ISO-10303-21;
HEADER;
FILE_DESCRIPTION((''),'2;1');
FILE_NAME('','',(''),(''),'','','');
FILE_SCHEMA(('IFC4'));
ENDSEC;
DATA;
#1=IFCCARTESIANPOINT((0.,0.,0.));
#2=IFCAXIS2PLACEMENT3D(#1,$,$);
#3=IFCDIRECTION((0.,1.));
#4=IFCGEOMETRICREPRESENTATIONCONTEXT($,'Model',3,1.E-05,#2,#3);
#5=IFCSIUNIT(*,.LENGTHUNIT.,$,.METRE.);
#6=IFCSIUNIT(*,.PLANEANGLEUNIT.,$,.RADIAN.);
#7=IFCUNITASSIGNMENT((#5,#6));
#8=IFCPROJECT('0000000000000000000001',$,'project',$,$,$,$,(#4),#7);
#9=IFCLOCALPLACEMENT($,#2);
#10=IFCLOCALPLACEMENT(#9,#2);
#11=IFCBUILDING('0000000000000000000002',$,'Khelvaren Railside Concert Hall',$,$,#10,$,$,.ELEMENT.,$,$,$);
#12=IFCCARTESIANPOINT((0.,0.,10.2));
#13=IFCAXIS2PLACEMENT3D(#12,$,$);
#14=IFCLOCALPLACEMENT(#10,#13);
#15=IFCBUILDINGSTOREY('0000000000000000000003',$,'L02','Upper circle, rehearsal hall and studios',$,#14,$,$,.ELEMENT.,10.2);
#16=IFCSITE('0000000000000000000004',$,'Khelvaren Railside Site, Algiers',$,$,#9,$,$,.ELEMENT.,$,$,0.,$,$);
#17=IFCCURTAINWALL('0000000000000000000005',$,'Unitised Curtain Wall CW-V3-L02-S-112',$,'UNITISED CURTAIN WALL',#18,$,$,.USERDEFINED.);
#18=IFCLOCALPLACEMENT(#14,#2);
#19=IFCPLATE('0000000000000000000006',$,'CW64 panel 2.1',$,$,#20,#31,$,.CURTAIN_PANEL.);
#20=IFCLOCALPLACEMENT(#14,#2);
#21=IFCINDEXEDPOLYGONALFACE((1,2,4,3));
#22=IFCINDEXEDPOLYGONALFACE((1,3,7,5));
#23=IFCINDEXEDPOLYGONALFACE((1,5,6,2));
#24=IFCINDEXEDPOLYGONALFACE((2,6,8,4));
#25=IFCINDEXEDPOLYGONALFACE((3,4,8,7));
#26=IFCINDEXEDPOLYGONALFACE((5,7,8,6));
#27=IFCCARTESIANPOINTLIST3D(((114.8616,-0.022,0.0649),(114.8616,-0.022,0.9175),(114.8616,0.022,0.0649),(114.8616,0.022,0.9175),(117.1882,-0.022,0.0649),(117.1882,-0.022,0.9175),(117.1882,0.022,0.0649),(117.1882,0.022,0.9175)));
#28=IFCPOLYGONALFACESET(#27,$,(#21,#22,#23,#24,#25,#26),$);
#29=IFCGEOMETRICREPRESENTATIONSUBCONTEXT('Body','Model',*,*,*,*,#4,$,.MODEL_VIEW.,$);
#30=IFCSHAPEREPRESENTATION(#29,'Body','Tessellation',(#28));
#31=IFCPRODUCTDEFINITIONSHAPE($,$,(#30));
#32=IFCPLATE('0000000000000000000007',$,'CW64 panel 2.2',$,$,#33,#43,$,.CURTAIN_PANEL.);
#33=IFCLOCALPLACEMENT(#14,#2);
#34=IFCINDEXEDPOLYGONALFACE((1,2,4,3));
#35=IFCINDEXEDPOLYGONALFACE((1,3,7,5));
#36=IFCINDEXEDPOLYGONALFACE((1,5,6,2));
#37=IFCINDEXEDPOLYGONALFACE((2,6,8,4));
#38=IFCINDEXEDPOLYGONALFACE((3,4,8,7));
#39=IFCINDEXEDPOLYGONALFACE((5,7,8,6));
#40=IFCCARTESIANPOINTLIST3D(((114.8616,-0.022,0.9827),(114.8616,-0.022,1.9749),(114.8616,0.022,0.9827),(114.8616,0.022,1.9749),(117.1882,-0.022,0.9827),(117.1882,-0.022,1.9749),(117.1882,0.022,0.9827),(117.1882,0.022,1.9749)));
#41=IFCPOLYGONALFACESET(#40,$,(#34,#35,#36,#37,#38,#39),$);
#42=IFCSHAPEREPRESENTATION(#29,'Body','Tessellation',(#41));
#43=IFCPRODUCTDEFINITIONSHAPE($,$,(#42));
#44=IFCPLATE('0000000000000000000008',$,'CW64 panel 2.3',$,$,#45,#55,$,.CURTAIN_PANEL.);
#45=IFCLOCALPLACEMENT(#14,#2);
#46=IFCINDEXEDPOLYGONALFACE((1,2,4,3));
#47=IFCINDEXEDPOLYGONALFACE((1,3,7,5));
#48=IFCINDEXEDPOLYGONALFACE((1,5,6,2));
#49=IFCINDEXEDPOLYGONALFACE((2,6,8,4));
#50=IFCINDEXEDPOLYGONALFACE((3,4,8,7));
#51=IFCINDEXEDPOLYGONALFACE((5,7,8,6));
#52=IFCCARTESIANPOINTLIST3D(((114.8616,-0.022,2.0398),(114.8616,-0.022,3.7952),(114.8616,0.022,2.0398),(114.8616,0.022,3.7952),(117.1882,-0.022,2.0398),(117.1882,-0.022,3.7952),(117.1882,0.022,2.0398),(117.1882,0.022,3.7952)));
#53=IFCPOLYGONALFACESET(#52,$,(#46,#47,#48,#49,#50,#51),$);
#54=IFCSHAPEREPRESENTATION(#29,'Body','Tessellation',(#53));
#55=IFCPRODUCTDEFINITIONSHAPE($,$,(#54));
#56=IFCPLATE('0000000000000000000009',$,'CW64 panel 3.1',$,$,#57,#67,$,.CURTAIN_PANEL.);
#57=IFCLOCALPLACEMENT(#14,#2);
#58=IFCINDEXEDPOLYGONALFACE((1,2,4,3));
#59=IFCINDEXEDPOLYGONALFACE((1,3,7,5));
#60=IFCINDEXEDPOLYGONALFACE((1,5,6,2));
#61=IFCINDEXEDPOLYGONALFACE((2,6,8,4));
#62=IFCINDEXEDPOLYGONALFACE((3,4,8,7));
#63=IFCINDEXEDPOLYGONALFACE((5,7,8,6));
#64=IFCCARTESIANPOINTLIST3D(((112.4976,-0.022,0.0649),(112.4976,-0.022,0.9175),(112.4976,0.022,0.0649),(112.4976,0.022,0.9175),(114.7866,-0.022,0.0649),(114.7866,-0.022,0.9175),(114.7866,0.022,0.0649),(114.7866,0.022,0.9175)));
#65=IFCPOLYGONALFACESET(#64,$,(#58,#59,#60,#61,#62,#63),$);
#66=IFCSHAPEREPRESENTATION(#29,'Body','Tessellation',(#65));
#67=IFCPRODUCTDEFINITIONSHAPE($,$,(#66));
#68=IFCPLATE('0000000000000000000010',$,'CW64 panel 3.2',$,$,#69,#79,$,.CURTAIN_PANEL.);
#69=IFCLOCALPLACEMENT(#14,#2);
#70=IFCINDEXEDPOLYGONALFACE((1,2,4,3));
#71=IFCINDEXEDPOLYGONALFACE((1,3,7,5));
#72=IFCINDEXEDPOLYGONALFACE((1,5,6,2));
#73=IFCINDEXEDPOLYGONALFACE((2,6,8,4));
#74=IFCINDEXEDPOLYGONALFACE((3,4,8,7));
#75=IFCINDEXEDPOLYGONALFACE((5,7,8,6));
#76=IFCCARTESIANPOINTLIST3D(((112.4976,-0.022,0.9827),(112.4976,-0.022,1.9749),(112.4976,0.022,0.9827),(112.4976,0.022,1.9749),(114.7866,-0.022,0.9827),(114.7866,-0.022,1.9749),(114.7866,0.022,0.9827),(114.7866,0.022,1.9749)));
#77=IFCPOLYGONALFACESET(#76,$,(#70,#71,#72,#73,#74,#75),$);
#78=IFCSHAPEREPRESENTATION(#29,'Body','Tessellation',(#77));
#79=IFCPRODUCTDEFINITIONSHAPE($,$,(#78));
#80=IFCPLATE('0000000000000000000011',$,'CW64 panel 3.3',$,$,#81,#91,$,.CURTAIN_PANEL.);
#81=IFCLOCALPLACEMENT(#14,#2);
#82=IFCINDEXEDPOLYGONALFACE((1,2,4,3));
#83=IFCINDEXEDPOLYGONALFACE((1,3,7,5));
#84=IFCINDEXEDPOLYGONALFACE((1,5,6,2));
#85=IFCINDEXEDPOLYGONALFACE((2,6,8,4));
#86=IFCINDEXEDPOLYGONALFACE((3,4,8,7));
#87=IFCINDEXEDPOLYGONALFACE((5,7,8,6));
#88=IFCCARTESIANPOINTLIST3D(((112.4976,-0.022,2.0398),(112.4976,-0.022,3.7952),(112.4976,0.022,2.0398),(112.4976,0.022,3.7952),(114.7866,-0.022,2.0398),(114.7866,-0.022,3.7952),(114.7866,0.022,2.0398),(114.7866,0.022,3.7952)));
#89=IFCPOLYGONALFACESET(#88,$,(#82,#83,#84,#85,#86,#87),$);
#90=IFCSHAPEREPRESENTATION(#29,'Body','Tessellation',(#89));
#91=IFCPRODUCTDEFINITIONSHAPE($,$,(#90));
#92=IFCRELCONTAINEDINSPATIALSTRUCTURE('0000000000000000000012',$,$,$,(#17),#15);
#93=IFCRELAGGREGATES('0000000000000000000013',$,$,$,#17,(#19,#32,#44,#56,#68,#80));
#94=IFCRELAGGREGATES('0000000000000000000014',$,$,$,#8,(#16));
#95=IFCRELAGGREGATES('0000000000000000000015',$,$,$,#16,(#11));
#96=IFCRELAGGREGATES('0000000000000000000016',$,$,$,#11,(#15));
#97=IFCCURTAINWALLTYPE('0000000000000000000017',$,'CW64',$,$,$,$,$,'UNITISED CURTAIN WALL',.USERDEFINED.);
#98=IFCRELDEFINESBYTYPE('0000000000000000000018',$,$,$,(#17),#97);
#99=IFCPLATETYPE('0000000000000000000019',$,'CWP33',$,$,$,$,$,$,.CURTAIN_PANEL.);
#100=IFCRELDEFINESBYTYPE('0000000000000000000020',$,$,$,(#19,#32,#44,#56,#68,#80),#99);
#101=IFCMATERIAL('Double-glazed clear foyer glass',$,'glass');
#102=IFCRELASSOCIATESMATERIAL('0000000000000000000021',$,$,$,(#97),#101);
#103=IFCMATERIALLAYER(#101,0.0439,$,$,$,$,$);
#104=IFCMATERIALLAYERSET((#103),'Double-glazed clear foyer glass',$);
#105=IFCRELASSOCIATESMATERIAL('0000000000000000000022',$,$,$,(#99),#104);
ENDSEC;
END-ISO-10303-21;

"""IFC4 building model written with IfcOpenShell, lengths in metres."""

from ifc_helpers import new_model, si_unit, direction, frame, origin, origin_2d, place, context, subcontext, project, spatial, rectangle, extrude, material, layer, layer_set, type_object, element, aggregate, save


model = new_model("IFC4")

# Units and contexts
model_context = context("Model", 3, precision=1e-05, world=origin(), true_north=direction((0.0, 1.0)))
body_context = subcontext(model_context, "Body", "Model", "MODEL_VIEW")
ifc_project = project(units=[si_unit("LENGTHUNIT", "METRE"), si_unit("PLANEANGLEUNIT", "RADIAN")], contexts=[model_context])

# Site, building, storey
site_placement = place(None, origin())
site = spatial("IfcSite", under=ifc_project, at=site_placement, Name="Khelvaren Railside Site, Algiers", CompositionType="ELEMENT", RefElevation=0.0)
building_placement = place(site_placement, origin())
building = spatial("IfcBuilding", under=site, at=building_placement, Name="Khelvaren Railside Concert Hall", CompositionType="ELEMENT")
storey_placement = place(building_placement, frame((0.0, 0.0, 10.2)))
storey = spatial("IfcBuildingStorey", under=building, at=storey_placement, Name="L02", Description="Upper circle, rehearsal hall and studios", CompositionType="ELEMENT", Elevation=10.2)

# Shared definitions
ifc_material_1 = material(Name="Double-glazed clear foyer glass", Category="glass")

# Curtain wall
curtain_wall_type_1 = type_object("IfcCurtainWallType", Name="CW64", ElementType="UNITISED CURTAIN WALL", PredefinedType="USERDEFINED", material=ifc_material_1)
curtain_wall_1_placement = place(storey_placement, origin())
curtain_wall_1 = element("IfcCurtainWall", 1, at=curtain_wall_1_placement, inside=storey, type_object=curtain_wall_type_1, Name="Unitised Curtain Wall CW-V3-L02-S-112", ObjectType="UNITISED CURTAIN WALL", PredefinedType="USERDEFINED")

# Plates
ifc_layer = layer(ifc_material_1, 0.0439)
ifc_layer_set = layer_set([ifc_layer], Name="Double-glazed clear foyer glass")
plate_type = type_object("IfcPlateType", Name="CWP33", PredefinedType="CURTAIN_PANEL", material=ifc_layer_set)
plate_1_placement = place(storey_placement, frame((116.0249, 0.0, 0.0649), z_axis=(0.0, 0.0, 1.0), x_axis=(-1.0, 0.0, 0.0)))
plate_1 = element("IfcPlate", 2, at=plate_1_placement, type_object=plate_type, Name="CW64 panel 2.1", PredefinedType="CURTAIN_PANEL", context=body_context, shape_type="SweptSolid", body=[
    extrude(rectangle(XDim=2.3267, YDim=0.0439, at=origin_2d()), origin(), (0.0, 0.0, 1.0), 0.8525),
])
plate_2_placement = place(storey_placement, frame((116.0249, 0.0, 0.9827), z_axis=(0.0, 0.0, 1.0), x_axis=(-1.0, 0.0, 0.0)))
plate_2 = element("IfcPlate", 3, at=plate_2_placement, type_object=plate_type, Name="CW64 panel 2.2", PredefinedType="CURTAIN_PANEL", context=body_context, shape_type="SweptSolid", body=[
    extrude(rectangle(XDim=2.3267, YDim=0.0439, at=origin_2d()), origin(), (0.0, 0.0, 1.0), 0.9922),
])
plate_3_placement = place(storey_placement, frame((116.0249, 0.0, 2.0398), z_axis=(0.0, 0.0, 1.0), x_axis=(-1.0, 0.0, 0.0)))
plate_3 = element("IfcPlate", 4, at=plate_3_placement, type_object=plate_type, Name="CW64 panel 2.3", PredefinedType="CURTAIN_PANEL", context=body_context, shape_type="SweptSolid", body=[
    extrude(rectangle(XDim=2.3267, YDim=0.0439, at=origin_2d()), origin(), (0.0, 0.0, 1.0), 1.7554),
])
plate_4_placement = place(storey_placement, frame((113.6421, 0.0, 0.0649), z_axis=(0.0, 0.0, 1.0), x_axis=(-1.0, 0.0, 0.0)))
plate_4 = element("IfcPlate", 5, at=plate_4_placement, type_object=plate_type, Name="CW64 panel 3.1", PredefinedType="CURTAIN_PANEL", context=body_context, shape_type="SweptSolid", body=[
    extrude(rectangle(XDim=2.2891, YDim=0.0439, at=origin_2d()), origin(), (0.0, 0.0, 1.0), 0.8525),
])
plate_5_placement = place(storey_placement, frame((113.6421, 0.0, 0.9827), z_axis=(0.0, 0.0, 1.0), x_axis=(-1.0, 0.0, 0.0)))
plate_5 = element("IfcPlate", 6, at=plate_5_placement, type_object=plate_type, Name="CW64 panel 3.2", PredefinedType="CURTAIN_PANEL", context=body_context, shape_type="SweptSolid", body=[
    extrude(rectangle(XDim=2.2891, YDim=0.0439, at=origin_2d()), origin(), (0.0, 0.0, 1.0), 0.9922),
])
plate_6_placement = place(storey_placement, frame((113.6421, 0.0, 2.0398), z_axis=(0.0, 0.0, 1.0), x_axis=(-1.0, 0.0, 0.0)))
plate_6 = element("IfcPlate", 7, at=plate_6_placement, type_object=plate_type, Name="CW64 panel 3.3", PredefinedType="CURTAIN_PANEL", context=body_context, shape_type="SweptSolid", body=[
    extrude(rectangle(XDim=2.2891, YDim=0.0439, at=origin_2d()), origin(), (0.0, 0.0, 1.0), 1.7554),
])
aggregate(curtain_wall_1, [plate_1, plate_2, plate_3, plate_4, plate_5, plate_6])

save(model, "model.ifc")
